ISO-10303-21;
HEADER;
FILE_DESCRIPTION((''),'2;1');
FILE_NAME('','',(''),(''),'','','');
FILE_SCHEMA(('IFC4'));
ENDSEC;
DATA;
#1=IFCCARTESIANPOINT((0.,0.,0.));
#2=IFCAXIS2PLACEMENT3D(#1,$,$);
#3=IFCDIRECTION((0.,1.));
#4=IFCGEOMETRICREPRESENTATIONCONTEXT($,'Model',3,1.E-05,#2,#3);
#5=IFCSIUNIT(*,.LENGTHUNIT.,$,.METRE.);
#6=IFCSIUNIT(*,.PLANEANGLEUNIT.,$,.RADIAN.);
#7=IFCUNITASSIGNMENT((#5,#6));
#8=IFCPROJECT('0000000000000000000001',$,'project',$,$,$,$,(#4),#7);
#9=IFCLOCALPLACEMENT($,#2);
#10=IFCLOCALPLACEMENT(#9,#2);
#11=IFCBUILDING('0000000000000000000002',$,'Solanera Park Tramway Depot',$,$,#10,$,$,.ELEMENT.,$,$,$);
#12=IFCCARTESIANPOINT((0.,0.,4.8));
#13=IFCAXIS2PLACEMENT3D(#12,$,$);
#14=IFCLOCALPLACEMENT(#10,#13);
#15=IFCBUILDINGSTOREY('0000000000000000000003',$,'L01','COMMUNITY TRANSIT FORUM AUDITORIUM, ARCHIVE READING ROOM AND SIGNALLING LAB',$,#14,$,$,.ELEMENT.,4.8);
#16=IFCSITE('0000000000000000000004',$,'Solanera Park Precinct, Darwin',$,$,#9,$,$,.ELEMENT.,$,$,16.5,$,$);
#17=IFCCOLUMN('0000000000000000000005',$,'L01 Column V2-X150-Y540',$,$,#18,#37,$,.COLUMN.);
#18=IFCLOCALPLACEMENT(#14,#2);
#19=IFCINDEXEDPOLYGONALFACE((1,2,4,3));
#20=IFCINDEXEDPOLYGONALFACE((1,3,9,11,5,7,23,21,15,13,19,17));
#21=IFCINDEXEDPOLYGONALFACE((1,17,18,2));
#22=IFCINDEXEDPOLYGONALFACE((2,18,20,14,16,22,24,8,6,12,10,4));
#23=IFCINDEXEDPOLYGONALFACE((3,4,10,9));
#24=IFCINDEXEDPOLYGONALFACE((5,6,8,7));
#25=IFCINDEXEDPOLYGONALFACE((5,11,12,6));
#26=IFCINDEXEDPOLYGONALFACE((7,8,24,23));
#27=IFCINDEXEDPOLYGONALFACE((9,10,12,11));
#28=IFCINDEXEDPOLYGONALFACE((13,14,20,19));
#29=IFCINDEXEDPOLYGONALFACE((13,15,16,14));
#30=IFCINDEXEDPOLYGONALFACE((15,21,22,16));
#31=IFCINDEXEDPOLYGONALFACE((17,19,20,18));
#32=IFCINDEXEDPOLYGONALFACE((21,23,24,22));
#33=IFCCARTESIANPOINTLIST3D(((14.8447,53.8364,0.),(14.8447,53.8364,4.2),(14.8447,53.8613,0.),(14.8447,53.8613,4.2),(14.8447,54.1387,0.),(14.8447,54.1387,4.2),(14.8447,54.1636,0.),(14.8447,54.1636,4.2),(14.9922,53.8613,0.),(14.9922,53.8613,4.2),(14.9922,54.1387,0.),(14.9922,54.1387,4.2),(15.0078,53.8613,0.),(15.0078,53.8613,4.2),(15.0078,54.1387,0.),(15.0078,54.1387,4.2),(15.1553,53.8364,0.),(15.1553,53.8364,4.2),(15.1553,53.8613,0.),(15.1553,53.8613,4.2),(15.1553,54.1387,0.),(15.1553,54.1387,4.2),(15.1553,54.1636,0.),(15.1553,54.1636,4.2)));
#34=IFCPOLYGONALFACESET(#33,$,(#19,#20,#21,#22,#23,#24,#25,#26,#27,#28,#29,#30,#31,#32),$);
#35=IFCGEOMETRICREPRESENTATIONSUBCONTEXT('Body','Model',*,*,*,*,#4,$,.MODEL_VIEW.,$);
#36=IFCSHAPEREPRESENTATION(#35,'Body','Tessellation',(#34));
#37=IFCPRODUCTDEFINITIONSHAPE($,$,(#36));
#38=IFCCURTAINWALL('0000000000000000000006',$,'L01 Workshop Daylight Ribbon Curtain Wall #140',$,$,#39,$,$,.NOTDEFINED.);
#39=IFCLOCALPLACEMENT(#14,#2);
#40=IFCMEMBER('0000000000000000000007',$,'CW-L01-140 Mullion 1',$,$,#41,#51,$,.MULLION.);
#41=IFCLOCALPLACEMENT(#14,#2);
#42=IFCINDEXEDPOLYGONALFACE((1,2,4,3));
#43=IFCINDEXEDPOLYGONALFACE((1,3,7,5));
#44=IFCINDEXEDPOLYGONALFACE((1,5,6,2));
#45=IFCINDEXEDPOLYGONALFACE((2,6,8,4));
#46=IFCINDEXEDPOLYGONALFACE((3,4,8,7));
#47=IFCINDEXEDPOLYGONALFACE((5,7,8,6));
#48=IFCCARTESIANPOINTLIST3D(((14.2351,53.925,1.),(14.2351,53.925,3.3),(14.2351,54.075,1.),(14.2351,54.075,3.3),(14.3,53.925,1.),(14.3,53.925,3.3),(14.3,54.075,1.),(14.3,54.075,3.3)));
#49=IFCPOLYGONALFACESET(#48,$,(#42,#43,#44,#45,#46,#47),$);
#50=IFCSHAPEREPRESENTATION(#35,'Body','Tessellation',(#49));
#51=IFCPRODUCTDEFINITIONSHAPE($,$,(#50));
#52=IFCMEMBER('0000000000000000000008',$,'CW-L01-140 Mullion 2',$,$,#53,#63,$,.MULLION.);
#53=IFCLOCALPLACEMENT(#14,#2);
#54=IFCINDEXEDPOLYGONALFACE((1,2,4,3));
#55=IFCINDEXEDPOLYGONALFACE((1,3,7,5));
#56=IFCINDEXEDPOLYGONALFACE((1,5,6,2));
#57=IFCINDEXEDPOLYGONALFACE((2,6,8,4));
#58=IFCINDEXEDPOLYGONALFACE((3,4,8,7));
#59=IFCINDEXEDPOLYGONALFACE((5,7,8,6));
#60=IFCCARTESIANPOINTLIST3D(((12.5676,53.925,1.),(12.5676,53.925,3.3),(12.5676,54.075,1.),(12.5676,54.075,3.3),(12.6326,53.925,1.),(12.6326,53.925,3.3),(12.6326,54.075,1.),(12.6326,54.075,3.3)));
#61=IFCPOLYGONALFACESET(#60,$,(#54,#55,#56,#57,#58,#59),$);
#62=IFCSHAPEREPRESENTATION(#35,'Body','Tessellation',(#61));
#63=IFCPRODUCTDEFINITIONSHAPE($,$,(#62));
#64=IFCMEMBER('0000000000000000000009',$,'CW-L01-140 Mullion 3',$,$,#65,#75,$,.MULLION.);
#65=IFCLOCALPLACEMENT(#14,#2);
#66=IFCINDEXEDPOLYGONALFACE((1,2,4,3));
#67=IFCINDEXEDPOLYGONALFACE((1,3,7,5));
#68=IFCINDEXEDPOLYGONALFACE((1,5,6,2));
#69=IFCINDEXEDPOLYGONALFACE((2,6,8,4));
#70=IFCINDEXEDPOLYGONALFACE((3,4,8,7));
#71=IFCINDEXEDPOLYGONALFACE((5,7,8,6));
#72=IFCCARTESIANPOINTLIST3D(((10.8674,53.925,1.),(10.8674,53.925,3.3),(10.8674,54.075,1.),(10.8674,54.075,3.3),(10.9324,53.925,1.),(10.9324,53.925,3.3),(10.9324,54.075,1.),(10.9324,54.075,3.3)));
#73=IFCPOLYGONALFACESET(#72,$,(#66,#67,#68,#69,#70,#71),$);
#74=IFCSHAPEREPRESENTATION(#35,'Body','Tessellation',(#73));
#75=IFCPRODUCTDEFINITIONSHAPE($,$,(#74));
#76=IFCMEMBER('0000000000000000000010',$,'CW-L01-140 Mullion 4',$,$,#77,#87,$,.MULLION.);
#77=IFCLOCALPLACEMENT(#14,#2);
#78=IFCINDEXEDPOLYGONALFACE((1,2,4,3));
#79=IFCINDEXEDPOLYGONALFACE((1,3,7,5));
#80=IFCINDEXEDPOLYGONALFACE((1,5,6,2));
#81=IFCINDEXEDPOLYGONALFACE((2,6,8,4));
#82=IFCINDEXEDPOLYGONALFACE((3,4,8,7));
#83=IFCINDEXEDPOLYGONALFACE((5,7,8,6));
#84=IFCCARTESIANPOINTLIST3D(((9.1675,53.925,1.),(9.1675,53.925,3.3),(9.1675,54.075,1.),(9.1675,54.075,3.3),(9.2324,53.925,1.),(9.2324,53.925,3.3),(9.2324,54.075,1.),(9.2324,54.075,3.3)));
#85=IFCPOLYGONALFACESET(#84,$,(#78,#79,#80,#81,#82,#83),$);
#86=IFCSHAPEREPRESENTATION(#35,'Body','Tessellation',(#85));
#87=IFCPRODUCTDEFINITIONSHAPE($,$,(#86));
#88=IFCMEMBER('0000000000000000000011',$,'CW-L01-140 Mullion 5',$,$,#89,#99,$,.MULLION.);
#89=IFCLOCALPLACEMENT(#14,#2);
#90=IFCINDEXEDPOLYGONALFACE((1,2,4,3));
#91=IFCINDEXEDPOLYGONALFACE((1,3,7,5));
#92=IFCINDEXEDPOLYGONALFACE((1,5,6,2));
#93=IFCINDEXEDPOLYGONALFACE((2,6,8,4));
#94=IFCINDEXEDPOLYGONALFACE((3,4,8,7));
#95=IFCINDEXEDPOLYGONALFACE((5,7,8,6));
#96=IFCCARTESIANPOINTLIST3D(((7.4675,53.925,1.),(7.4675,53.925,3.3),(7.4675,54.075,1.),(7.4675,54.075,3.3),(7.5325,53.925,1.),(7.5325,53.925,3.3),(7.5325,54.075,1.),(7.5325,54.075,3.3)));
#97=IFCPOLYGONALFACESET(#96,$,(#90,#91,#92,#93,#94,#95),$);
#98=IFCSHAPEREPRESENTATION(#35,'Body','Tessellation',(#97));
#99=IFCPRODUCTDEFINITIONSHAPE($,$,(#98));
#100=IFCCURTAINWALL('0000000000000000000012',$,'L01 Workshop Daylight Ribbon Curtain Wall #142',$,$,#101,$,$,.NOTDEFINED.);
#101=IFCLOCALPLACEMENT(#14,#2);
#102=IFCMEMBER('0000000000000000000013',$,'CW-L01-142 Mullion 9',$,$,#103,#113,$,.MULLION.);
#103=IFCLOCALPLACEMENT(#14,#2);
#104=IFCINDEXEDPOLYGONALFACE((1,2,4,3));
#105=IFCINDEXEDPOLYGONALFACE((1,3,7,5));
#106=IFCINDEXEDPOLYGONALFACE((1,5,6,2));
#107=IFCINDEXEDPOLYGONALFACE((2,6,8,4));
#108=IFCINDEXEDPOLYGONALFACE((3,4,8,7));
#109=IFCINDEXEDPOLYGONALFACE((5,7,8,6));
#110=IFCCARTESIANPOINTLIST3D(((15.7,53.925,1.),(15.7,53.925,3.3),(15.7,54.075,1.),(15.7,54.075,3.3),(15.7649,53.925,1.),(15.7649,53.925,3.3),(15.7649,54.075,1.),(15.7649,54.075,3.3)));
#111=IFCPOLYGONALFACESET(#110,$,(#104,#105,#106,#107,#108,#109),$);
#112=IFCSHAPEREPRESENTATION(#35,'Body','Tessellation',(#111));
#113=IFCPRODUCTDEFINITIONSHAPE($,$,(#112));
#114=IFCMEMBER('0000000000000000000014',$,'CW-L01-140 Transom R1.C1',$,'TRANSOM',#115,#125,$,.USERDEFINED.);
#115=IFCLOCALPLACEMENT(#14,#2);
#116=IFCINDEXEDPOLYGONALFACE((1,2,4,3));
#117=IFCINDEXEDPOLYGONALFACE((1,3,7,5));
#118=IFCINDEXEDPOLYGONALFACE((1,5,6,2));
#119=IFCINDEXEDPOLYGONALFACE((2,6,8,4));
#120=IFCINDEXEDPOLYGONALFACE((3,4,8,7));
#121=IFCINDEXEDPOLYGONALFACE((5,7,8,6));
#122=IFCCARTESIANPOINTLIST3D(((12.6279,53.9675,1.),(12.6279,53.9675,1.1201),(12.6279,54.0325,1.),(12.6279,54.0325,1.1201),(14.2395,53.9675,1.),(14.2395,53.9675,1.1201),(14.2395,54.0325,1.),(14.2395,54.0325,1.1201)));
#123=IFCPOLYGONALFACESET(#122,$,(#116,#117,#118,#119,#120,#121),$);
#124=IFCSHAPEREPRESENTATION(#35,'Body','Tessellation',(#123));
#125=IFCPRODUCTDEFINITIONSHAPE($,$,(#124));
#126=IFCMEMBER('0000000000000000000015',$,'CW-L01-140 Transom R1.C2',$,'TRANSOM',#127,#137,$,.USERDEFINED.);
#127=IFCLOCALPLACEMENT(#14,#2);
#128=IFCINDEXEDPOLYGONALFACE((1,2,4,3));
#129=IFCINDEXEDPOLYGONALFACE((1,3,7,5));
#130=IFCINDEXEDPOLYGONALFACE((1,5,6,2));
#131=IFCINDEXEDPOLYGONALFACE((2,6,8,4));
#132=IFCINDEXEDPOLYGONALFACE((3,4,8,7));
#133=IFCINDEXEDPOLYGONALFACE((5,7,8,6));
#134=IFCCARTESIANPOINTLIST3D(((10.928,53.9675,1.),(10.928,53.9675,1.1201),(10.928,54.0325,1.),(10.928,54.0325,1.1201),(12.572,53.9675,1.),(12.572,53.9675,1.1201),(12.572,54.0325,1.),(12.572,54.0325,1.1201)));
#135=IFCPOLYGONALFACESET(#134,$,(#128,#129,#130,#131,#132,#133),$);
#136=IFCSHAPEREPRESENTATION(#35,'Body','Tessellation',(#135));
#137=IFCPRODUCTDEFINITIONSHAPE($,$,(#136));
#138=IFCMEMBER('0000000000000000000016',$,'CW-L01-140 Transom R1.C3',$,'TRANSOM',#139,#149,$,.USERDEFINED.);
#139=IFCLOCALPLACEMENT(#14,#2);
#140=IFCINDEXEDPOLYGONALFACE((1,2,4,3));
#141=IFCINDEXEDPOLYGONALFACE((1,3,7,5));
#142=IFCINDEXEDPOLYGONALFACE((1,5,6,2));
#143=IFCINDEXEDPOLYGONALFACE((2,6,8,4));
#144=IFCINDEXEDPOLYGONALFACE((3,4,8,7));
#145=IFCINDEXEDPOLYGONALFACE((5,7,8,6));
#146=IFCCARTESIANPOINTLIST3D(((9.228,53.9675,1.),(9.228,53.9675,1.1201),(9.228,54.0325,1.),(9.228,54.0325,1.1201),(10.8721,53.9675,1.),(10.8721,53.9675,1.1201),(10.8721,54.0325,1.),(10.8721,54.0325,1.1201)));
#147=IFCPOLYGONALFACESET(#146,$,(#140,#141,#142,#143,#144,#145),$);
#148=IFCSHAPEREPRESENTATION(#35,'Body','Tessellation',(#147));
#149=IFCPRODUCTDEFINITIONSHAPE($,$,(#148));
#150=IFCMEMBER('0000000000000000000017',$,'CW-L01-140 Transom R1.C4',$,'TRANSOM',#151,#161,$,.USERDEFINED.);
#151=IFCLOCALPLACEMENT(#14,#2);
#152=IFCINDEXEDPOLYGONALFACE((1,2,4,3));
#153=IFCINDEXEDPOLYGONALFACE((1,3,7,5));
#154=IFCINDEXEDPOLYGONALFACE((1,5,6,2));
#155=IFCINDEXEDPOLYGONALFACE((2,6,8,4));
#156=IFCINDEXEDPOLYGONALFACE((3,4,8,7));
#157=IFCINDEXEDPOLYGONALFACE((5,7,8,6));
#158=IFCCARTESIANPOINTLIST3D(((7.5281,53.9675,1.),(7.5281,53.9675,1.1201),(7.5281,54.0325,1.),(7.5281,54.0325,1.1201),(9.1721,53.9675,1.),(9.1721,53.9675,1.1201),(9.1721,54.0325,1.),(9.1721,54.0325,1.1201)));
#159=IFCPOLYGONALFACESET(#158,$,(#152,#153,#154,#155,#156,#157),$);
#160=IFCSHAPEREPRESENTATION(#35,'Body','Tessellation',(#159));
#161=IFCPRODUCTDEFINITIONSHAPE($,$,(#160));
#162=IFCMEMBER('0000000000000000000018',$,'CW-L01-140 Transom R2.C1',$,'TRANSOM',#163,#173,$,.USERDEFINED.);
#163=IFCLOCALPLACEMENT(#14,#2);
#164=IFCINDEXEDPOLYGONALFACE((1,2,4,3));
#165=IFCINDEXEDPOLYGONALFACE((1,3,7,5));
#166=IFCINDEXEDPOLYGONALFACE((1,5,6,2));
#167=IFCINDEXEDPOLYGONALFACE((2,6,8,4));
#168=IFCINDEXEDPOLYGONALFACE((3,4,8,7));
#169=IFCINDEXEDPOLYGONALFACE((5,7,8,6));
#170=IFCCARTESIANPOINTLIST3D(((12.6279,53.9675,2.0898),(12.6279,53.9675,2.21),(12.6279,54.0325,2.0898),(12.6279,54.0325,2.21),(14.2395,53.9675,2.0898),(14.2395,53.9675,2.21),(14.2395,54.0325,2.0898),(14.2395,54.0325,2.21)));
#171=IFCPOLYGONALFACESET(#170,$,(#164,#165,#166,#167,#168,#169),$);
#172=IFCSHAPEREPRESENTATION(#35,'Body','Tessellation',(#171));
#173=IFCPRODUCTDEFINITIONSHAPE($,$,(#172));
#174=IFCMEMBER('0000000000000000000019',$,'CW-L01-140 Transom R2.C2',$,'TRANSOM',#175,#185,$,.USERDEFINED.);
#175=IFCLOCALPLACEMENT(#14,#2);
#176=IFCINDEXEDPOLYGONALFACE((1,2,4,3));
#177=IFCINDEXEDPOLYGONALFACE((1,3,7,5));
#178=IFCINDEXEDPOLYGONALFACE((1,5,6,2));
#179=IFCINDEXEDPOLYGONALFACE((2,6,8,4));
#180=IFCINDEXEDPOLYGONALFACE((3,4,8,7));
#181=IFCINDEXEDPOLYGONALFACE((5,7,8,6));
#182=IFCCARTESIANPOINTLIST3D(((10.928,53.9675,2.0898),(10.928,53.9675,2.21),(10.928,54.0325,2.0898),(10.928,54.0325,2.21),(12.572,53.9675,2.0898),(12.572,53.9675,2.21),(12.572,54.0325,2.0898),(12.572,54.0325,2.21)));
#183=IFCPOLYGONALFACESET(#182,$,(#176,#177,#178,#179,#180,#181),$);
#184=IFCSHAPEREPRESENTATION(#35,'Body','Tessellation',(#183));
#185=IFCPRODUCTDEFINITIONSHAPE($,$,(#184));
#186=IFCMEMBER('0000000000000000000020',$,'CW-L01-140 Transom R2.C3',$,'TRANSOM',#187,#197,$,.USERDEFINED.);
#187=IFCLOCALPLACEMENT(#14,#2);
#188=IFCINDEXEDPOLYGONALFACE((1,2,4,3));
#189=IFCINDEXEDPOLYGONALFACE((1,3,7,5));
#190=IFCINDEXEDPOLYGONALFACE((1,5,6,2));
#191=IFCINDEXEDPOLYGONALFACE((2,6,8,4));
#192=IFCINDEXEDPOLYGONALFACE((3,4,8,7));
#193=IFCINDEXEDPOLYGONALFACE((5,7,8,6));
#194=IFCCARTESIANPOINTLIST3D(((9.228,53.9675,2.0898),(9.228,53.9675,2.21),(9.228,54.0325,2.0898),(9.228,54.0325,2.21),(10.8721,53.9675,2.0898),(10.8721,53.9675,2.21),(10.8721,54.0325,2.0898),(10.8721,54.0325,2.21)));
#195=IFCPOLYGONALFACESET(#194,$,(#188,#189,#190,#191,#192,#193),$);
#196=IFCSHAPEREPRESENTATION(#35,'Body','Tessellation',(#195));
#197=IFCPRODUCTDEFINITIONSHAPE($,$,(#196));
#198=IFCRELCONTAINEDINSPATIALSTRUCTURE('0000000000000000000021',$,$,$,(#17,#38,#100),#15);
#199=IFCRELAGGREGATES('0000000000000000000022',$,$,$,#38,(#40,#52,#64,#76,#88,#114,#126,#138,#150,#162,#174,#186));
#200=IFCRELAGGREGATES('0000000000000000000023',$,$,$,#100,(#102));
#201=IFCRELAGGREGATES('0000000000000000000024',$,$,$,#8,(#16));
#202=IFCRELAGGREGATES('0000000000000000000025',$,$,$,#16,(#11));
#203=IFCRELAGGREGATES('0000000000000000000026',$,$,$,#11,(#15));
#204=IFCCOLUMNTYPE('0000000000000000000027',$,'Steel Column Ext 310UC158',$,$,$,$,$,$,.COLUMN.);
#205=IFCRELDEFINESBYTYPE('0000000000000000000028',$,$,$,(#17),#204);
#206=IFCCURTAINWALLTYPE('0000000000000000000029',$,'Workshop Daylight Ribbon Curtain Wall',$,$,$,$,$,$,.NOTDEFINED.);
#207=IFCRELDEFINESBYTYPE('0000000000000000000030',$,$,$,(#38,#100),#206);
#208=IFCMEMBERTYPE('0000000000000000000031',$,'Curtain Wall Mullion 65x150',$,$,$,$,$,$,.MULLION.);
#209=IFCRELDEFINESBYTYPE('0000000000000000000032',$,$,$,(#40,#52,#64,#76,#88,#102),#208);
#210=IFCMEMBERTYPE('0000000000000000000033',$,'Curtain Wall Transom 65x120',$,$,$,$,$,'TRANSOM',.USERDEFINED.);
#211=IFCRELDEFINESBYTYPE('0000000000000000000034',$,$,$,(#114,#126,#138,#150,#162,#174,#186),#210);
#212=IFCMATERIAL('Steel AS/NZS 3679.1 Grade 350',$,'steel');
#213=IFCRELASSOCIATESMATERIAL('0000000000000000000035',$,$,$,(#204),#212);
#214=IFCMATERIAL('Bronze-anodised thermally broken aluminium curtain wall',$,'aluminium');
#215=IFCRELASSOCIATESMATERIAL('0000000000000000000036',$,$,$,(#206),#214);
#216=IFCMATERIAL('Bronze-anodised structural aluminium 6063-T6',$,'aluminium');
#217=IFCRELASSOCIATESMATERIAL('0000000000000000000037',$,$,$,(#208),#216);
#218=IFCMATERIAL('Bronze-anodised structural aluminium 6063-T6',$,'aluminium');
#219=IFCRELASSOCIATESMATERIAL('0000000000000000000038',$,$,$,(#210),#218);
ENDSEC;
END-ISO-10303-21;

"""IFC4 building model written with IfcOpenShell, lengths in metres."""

from ifc_helpers import new_model, si_unit, direction, frame, origin, origin_2d, place, context, subcontext, project, spatial, rectangle, i_section, extrude, material, material_profile, profile_set, type_object, element, aggregate, save


model = new_model("IFC4")

# Units and contexts
model_context = context("Model", 3, precision=1e-05, world=origin(), true_north=direction((0.0, 1.0)))
body_context = subcontext(model_context, "Body", "Model", "MODEL_VIEW")
ifc_project = project(units=[si_unit("LENGTHUNIT", "METRE"), si_unit("PLANEANGLEUNIT", "RADIAN")], contexts=[model_context])

# Site, building, storey
site_placement = place(None, origin())
site = spatial("IfcSite", under=ifc_project, at=site_placement, Name="Solanera Park Precinct, Darwin", CompositionType="ELEMENT", RefElevation=16.5)
building_placement = place(site_placement, origin())
building = spatial("IfcBuilding", under=site, at=building_placement, Name="Solanera Park Tramway Depot", CompositionType="ELEMENT")
storey_placement = place(building_placement, frame((0.0, 0.0, 4.8)))
storey = spatial("IfcBuildingStorey", under=building, at=storey_placement, Name="L01", Description="COMMUNITY TRANSIT FORUM AUDITORIUM, ARCHIVE READING ROOM AND SIGNALLING LAB", CompositionType="ELEMENT", Elevation=4.8)

# Column
ifc_material_1 = material(Name="Steel AS/NZS 3679.1 Grade 350", Category="steel")
ifc_material_profile_1 = material_profile(ifc_material_1, i_section(OverallWidth=0.3105, OverallDepth=0.3271, WebThickness=0.0156, FlangeThickness=0.0249, at=origin_2d()), Name="310UC158")
ifc_profile_set_1 = profile_set([ifc_material_profile_1], Name="Steel AS/NZS 3679.1 Grade 350")
column_type = type_object("IfcColumnType", Name="Steel Column Ext 310UC158", PredefinedType="COLUMN", material=ifc_profile_set_1)
column_placement = place(storey_placement, frame((15.0, 54.0, 0.0), z_axis=(0.0, 0.0, 1.0), x_axis=(1.0, 0.0, 0.0)))
element("IfcColumn", 1, at=column_placement, inside=storey, type_object=column_type, Name="L01 Column V2-X150-Y540", PredefinedType="COLUMN", context=body_context, shape_type="SweptSolid", body=[
    extrude(i_section(OverallWidth=0.3105, OverallDepth=0.3271, WebThickness=0.0156, FlangeThickness=0.0249, at=origin_2d()), origin(), (0.0, 0.0, 1.0), 4.2),
])

# Curtain wall, members
ifc_material_2 = material(Name="Bronze-anodised thermally broken aluminium curtain wall", Category="aluminium")
curtain_wall_type = type_object("IfcCurtainWallType", Name="Workshop Daylight Ribbon Curtain Wall", PredefinedType="NOTDEFINED", material=ifc_material_2)
curtain_wall_1_placement = place(storey_placement, origin())
curtain_wall_1 = element("IfcCurtainWall", 2, at=curtain_wall_1_placement, inside=storey, type_object=curtain_wall_type, Name="L01 Workshop Daylight Ribbon Curtain Wall #140", PredefinedType="NOTDEFINED")
ifc_material_3 = material(Name="Bronze-anodised structural aluminium 6063-T6", Category="aluminium")
ifc_material_profile_2 = material_profile(ifc_material_3, rectangle(XDim=0.0649, YDim=0.1499, at=origin_2d()), Name="Curtain Wall Mullion 65x150")
ifc_profile_set_2 = profile_set([ifc_material_profile_2], Name="Bronze-anodised structural aluminium 6063-T6")
member_type_1 = type_object("IfcMemberType", Name="Curtain Wall Mullion 65x150", PredefinedType="MULLION", material=ifc_profile_set_2)
member_1_placement = place(storey_placement, frame((14.2676, 54.0, 1.0), z_axis=(0.0, 0.0, 1.0), x_axis=(1.0, 0.0, 0.0)))
member_1 = element("IfcMember", 3, at=member_1_placement, type_object=member_type_1, Name="CW-L01-140 Mullion 1", PredefinedType="MULLION", context=body_context, shape_type="SweptSolid", body=[
    extrude(rectangle(XDim=0.0649, YDim=0.1499, at=origin_2d()), origin(), (0.0, 0.0, 1.0), 2.3),
])
member_2_placement = place(storey_placement, frame((12.6001, 54.0, 1.0), z_axis=(0.0, 0.0, 1.0), x_axis=(1.0, 0.0, 0.0)))
member_2 = element("IfcMember", 4, at=member_2_placement, type_object=member_type_1, Name="CW-L01-140 Mullion 2", PredefinedType="MULLION", context=body_context, shape_type="SweptSolid", body=[
    extrude(rectangle(XDim=0.0649, YDim=0.1499, at=origin_2d()), origin(), (0.0, 0.0, 1.0), 2.3),
])
member_3_placement = place(storey_placement, frame((10.8999, 54.0, 1.0), z_axis=(0.0, 0.0, 1.0), x_axis=(1.0, 0.0, 0.0)))
member_3 = element("IfcMember", 5, at=member_3_placement, type_object=member_type_1, Name="CW-L01-140 Mullion 3", PredefinedType="MULLION", context=body_context, shape_type="SweptSolid", body=[
    extrude(rectangle(XDim=0.0649, YDim=0.1499, at=origin_2d()), origin(), (0.0, 0.0, 1.0), 2.3),
])
member_4_placement = place(storey_placement, frame((9.2, 54.0, 1.0), z_axis=(0.0, 0.0, 1.0), x_axis=(1.0, 0.0, 0.0)))
member_4 = element("IfcMember", 6, at=member_4_placement, type_object=member_type_1, Name="CW-L01-140 Mullion 4", PredefinedType="MULLION", context=body_context, shape_type="SweptSolid", body=[
    extrude(rectangle(XDim=0.0649, YDim=0.1499, at=origin_2d()), origin(), (0.0, 0.0, 1.0), 2.3),
])
member_5_placement = place(storey_placement, frame((7.5, 54.0, 1.0), z_axis=(0.0, 0.0, 1.0), x_axis=(1.0, 0.0, 0.0)))
member_5 = element("IfcMember", 7, at=member_5_placement, type_object=member_type_1, Name="CW-L01-140 Mullion 5", PredefinedType="MULLION", context=body_context, shape_type="SweptSolid", body=[
    extrude(rectangle(XDim=0.0649, YDim=0.1499, at=origin_2d()), origin(), (0.0, 0.0, 1.0), 2.3),
])

# Curtain wall, member
curtain_wall_2_placement = place(storey_placement, origin())
curtain_wall_2 = element("IfcCurtainWall", 8, at=curtain_wall_2_placement, inside=storey, type_object=curtain_wall_type, Name="L01 Workshop Daylight Ribbon Curtain Wall #142", PredefinedType="NOTDEFINED")
member_6_placement = place(storey_placement, frame((15.7324, 54.0, 1.0), z_axis=(0.0, 0.0, 1.0), x_axis=(1.0, 0.0, 0.0)))
member_6 = element("IfcMember", 9, at=member_6_placement, type_object=member_type_1, Name="CW-L01-142 Mullion 9", PredefinedType="MULLION", context=body_context, shape_type="SweptSolid", body=[
    extrude(rectangle(XDim=0.0649, YDim=0.1499, at=origin_2d()), origin(), (0.0, 0.0, 1.0), 2.3),
])

# Members
ifc_material_4 = material(Name="Bronze-anodised structural aluminium 6063-T6", Category="aluminium")
ifc_material_profile_3 = material_profile(ifc_material_4, rectangle(XDim=0.0649, YDim=0.1201, at=origin_2d()), Name="Curtain Wall Transom 65x120")
ifc_profile_set_3 = profile_set([ifc_material_profile_3], Name="Bronze-anodised structural aluminium 6063-T6")
member_type_2 = type_object("IfcMemberType", Name="Curtain Wall Transom 65x120", ElementType="TRANSOM", PredefinedType="USERDEFINED", material=ifc_profile_set_3)
member_7_placement = place(storey_placement, frame((14.2395, 54.0, 1.0601), z_axis=(-1.0, 0.0, 0.0), x_axis=(0.0, -1.0, 0.0)))
member_7 = element("IfcMember", 10, at=member_7_placement, type_object=member_type_2, Name="CW-L01-140 Transom R1.C1", ObjectType="TRANSOM", PredefinedType="USERDEFINED", context=body_context, shape_type="SweptSolid", body=[
    extrude(rectangle(XDim=0.0649, YDim=0.1201, at=origin_2d()), origin(), (0.0, 0.0, 1.0), 1.6116),
])
member_8_placement = place(storey_placement, frame((12.572, 54.0, 1.0601), z_axis=(-1.0, 0.0, 0.0), x_axis=(0.0, -1.0, 0.0)))
member_8 = element("IfcMember", 11, at=member_8_placement, type_object=member_type_2, Name="CW-L01-140 Transom R1.C2", ObjectType="TRANSOM", PredefinedType="USERDEFINED", context=body_context, shape_type="SweptSolid", body=[
    extrude(rectangle(XDim=0.0649, YDim=0.1201, at=origin_2d()), origin(), (0.0, 0.0, 1.0), 1.644),
])
member_9_placement = place(storey_placement, frame((10.8721, 54.0, 1.0601), z_axis=(-1.0, 0.0, 0.0), x_axis=(0.0, -1.0, 0.0)))
member_9 = element("IfcMember", 12, at=member_9_placement, type_object=member_type_2, Name="CW-L01-140 Transom R1.C3", ObjectType="TRANSOM", PredefinedType="USERDEFINED", context=body_context, shape_type="SweptSolid", body=[
    extrude(rectangle(XDim=0.0649, YDim=0.1201, at=origin_2d()), origin(), (0.0, 0.0, 1.0), 1.644),
])
member_10_placement = place(storey_placement, frame((9.1721, 54.0, 1.0601), z_axis=(-1.0, 0.0, 0.0), x_axis=(0.0, -1.0, 0.0)))
member_10 = element("IfcMember", 13, at=member_10_placement, type_object=member_type_2, Name="CW-L01-140 Transom R1.C4", ObjectType="TRANSOM", PredefinedType="USERDEFINED", context=body_context, shape_type="SweptSolid", body=[
    extrude(rectangle(XDim=0.0649, YDim=0.1201, at=origin_2d()), origin(), (0.0, 0.0, 1.0), 1.644),
])
member_11_placement = place(storey_placement, frame((14.2395, 54.0, 2.1499), z_axis=(-1.0, 0.0, 0.0), x_axis=(0.0, -1.0, 0.0)))
member_11 = element("IfcMember", 14, at=member_11_placement, type_object=member_type_2, Name="CW-L01-140 Transom R2.C1", ObjectType="TRANSOM", PredefinedType="USERDEFINED", context=body_context, shape_type="SweptSolid", body=[
    extrude(rectangle(XDim=0.0649, YDim=0.1201, at=origin_2d()), origin(), (0.0, 0.0, 1.0), 1.6116),
])
member_12_placement = place(storey_placement, frame((12.572, 54.0, 2.1499), z_axis=(-1.0, 0.0, 0.0), x_axis=(0.0, -1.0, 0.0)))
member_12 = element("IfcMember", 15, at=member_12_placement, type_object=member_type_2, Name="CW-L01-140 Transom R2.C2", ObjectType="TRANSOM", PredefinedType="USERDEFINED", context=body_context, shape_type="SweptSolid", body=[
    extrude(rectangle(XDim=0.0649, YDim=0.1201, at=origin_2d()), origin(), (0.0, 0.0, 1.0), 1.644),
])
member_13_placement = place(storey_placement, frame((10.8721, 54.0, 2.1499), z_axis=(-1.0, 0.0, 0.0), x_axis=(0.0, -1.0, 0.0)))
member_13 = element("IfcMember", 16, at=member_13_placement, type_object=member_type_2, Name="CW-L01-140 Transom R2.C3", ObjectType="TRANSOM", PredefinedType="USERDEFINED", context=body_context, shape_type="SweptSolid", body=[
    extrude(rectangle(XDim=0.0649, YDim=0.1201, at=origin_2d()), origin(), (0.0, 0.0, 1.0), 1.644),
])

aggregate(curtain_wall_1, [member_1, member_2, member_3, member_4, member_5, member_7, member_8, member_9, member_10, member_11, member_12, member_13])
aggregate(curtain_wall_2, [member_6])

save(model, "model.ifc")
